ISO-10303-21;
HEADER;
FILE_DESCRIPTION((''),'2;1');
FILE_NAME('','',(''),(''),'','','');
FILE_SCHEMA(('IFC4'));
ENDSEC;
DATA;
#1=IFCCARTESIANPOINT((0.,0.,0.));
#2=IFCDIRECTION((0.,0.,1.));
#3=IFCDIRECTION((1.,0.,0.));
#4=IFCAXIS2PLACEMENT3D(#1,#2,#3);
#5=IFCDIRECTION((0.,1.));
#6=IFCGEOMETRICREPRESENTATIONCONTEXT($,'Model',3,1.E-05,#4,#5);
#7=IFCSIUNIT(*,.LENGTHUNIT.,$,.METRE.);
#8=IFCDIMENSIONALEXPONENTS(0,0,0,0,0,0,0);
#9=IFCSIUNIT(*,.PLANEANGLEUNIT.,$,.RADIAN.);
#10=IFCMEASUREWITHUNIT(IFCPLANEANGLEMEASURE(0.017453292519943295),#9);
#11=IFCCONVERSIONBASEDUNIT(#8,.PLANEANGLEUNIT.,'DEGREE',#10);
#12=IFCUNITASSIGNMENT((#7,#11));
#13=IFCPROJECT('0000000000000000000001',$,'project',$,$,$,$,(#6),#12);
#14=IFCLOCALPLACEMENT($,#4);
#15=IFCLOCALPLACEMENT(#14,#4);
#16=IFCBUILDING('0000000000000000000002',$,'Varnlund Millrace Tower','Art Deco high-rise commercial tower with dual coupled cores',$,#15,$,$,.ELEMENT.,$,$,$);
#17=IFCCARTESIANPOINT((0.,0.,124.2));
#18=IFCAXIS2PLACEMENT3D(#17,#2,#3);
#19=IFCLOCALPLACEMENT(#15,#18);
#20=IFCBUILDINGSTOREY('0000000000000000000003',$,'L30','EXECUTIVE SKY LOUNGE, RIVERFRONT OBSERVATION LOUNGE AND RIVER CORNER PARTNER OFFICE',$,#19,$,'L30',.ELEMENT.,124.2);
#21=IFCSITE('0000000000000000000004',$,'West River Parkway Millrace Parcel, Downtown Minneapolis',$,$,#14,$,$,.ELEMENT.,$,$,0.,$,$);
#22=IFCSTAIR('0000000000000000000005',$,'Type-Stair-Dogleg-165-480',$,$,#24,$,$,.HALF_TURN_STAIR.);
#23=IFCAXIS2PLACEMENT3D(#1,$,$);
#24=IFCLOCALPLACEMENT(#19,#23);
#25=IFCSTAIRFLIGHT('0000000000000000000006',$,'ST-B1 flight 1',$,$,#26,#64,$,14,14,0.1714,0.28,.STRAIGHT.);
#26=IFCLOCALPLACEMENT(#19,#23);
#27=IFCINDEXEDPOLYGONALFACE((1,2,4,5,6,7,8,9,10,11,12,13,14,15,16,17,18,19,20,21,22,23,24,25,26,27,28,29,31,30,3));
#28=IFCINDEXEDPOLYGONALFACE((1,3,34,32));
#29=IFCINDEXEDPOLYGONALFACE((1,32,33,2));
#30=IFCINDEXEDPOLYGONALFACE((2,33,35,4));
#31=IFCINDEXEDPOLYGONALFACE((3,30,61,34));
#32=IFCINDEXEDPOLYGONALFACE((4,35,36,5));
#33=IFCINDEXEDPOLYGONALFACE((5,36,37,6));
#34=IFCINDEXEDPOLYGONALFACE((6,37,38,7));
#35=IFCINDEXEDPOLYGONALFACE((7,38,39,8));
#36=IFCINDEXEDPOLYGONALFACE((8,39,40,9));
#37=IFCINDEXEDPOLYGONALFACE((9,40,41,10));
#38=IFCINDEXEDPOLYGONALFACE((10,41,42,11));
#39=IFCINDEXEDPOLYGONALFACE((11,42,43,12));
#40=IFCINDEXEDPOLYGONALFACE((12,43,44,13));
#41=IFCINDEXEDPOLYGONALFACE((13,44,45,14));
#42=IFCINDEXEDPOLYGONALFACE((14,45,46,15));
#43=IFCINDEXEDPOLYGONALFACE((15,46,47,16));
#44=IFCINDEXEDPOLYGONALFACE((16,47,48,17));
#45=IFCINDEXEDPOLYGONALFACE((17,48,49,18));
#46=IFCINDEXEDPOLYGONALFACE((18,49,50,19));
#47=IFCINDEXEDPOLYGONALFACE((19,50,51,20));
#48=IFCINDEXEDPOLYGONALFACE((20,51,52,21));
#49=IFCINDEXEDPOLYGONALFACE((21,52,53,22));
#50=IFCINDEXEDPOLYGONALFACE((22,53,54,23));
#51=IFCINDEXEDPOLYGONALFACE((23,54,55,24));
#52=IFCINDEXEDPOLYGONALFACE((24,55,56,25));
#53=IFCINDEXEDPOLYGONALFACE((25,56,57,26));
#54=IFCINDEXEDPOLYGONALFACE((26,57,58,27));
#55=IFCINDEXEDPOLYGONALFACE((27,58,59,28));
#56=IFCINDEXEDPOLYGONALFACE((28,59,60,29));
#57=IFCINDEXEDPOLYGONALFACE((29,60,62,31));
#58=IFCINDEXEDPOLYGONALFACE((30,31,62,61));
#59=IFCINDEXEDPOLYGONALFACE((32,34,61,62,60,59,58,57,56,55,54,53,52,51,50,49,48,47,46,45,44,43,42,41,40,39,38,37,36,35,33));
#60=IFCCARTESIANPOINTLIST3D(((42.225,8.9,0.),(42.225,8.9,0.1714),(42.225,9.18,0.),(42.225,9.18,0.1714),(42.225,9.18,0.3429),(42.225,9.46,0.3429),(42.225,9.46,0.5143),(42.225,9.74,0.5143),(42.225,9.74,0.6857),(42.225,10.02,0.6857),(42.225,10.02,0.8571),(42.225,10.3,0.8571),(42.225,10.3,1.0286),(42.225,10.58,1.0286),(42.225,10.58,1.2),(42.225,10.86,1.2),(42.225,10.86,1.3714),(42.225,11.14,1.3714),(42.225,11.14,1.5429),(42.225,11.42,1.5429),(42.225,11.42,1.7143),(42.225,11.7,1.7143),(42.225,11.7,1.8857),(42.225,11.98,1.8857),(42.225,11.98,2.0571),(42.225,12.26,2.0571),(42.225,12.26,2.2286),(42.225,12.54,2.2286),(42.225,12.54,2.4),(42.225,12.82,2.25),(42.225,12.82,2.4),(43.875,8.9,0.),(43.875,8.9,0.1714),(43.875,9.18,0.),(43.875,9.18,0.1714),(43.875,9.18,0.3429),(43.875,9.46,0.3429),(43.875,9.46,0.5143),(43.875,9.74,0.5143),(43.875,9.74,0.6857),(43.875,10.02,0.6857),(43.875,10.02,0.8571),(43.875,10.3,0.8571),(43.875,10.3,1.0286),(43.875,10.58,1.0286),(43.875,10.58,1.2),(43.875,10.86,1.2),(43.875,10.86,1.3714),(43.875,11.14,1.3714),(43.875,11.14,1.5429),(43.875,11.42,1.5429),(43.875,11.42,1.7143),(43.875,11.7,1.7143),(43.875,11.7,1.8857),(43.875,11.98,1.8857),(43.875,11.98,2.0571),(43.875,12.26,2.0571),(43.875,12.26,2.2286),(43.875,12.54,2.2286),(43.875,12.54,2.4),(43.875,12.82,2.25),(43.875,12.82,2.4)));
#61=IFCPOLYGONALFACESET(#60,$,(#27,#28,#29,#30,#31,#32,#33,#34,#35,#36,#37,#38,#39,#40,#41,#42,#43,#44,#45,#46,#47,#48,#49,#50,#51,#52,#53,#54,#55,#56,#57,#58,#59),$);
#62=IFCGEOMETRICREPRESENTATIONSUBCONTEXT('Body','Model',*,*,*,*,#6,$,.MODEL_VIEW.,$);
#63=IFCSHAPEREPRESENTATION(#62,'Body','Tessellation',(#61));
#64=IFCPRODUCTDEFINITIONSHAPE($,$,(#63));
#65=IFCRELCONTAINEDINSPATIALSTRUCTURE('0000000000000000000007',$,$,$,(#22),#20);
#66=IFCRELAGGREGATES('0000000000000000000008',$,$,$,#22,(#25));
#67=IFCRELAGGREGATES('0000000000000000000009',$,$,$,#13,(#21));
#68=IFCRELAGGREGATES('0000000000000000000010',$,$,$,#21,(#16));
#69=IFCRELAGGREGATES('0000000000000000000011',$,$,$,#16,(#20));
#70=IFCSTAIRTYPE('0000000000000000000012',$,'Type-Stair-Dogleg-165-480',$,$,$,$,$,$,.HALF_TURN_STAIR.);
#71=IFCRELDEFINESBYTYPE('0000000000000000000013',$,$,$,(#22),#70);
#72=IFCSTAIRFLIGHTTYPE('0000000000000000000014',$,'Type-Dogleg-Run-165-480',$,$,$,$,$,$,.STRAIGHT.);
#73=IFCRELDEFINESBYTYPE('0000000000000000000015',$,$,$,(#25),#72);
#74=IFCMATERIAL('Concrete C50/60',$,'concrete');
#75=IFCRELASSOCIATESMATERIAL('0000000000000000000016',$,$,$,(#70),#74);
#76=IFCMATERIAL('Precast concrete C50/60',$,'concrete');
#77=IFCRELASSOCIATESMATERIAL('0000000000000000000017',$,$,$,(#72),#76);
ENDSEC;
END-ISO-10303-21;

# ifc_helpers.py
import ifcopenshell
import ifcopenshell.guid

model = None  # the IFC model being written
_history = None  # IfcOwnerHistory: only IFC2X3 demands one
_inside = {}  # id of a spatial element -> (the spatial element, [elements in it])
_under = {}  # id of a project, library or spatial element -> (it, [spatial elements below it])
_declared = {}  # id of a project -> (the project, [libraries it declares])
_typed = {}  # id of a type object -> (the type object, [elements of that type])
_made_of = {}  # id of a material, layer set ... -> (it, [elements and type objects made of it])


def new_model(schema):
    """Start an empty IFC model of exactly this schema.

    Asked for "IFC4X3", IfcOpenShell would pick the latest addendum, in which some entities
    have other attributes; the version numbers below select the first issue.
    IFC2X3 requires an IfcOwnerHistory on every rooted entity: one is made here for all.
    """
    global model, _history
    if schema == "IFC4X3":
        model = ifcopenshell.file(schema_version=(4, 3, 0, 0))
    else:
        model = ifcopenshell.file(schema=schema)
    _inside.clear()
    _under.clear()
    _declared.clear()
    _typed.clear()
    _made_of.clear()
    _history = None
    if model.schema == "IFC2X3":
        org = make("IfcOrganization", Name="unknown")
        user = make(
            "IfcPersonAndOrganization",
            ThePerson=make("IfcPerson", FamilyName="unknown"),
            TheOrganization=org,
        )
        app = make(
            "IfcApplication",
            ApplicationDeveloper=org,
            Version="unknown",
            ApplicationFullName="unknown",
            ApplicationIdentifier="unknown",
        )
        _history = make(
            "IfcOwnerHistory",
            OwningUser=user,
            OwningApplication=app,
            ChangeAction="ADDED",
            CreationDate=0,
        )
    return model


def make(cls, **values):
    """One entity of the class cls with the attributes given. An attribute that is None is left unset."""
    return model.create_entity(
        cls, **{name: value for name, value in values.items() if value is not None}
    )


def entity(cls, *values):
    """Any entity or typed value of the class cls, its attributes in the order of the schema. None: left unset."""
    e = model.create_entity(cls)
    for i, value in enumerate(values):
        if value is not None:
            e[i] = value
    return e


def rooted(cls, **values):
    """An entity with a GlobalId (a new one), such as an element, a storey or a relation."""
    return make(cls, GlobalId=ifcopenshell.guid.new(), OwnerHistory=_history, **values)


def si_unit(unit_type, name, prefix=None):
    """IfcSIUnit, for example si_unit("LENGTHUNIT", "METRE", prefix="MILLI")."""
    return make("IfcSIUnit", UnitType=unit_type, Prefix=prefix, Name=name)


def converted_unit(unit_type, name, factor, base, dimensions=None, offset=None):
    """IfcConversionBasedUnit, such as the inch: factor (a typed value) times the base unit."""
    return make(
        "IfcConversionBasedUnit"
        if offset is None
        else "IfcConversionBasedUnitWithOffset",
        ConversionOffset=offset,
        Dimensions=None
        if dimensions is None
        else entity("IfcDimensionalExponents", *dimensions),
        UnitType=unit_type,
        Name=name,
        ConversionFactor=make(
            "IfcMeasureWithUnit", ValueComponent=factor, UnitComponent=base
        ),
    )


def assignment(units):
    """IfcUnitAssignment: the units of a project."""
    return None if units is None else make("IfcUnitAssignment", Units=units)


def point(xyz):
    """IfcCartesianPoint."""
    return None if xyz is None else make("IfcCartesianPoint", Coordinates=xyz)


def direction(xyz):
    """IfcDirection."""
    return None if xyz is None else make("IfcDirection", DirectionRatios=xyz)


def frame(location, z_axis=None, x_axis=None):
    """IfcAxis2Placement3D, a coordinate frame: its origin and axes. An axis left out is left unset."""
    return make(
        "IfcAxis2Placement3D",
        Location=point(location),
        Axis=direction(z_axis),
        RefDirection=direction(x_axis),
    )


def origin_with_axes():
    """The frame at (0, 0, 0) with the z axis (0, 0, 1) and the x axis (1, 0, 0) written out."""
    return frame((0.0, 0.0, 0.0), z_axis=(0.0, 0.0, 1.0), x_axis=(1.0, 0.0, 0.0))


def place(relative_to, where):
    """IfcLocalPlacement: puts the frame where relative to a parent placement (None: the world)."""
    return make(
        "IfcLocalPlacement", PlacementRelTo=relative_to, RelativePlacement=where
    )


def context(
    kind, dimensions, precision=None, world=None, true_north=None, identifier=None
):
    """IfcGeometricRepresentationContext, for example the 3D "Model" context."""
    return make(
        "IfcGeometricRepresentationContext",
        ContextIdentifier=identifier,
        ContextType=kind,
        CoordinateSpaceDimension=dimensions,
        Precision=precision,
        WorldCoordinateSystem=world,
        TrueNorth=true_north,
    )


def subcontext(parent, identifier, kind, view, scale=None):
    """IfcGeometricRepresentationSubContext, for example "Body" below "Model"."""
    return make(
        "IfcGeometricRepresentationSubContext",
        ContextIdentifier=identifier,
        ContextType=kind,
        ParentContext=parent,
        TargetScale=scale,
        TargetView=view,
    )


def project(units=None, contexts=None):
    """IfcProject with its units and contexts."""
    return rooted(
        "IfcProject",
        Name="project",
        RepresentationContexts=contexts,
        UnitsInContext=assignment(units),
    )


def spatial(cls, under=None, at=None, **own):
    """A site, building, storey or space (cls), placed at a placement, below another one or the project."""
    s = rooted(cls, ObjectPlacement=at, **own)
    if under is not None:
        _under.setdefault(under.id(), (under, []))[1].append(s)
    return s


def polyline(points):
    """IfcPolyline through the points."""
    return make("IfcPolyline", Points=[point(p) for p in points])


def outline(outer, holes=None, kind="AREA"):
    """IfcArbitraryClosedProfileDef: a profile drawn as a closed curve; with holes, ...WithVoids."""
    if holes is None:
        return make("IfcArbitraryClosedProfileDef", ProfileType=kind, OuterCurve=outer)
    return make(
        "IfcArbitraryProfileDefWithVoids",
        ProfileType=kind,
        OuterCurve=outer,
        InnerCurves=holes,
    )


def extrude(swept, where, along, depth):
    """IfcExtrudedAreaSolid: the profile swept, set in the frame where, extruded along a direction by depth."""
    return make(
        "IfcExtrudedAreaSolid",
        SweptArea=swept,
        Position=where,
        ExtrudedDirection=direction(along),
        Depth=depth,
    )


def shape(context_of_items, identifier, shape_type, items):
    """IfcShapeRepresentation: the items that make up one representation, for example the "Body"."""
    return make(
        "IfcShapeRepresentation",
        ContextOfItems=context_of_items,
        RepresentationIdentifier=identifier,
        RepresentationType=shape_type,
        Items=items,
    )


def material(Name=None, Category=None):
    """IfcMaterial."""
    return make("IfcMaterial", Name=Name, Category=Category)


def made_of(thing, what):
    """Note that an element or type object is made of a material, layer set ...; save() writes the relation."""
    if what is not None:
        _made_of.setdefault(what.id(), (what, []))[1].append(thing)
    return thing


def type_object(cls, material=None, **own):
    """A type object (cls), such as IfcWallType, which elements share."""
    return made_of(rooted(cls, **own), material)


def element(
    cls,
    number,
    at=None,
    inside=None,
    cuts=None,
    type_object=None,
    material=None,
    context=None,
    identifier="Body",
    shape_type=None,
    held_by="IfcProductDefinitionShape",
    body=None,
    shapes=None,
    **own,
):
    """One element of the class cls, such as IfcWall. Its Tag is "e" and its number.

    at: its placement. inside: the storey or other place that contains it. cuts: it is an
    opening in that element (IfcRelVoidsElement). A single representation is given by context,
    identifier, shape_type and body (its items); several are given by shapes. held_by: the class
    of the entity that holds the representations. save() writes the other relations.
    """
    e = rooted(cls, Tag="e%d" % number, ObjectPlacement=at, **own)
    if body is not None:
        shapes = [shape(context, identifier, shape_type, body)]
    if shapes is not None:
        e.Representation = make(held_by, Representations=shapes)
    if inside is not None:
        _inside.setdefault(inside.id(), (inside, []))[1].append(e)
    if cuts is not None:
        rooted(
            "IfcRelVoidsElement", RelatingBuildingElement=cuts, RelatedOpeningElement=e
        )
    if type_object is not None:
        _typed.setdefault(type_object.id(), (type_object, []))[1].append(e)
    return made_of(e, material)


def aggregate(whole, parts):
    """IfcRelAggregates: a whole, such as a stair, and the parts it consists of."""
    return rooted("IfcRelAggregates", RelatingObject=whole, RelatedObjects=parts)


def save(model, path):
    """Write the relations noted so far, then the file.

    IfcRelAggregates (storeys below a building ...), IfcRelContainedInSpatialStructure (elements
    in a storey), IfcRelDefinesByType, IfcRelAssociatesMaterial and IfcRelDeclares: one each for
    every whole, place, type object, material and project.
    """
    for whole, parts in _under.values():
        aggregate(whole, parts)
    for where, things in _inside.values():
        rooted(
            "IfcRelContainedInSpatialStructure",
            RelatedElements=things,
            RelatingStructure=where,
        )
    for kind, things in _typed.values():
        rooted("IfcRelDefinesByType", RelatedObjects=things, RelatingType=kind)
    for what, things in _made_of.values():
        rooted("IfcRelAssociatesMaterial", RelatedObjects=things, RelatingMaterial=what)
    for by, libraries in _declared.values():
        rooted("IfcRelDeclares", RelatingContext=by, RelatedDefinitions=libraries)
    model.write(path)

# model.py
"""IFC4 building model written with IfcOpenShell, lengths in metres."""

from ifc_helpers import new_model, entity, si_unit, converted_unit, direction, frame, origin_with_axes, place, context, subcontext, project, spatial, polyline, outline, extrude, material, type_object, element, aggregate, save


model = new_model("IFC4")

# Units and contexts
model_context = context("Model", 3, precision=1e-05, world=origin_with_axes(), true_north=direction((0.0, 1.0)))
body_context = subcontext(model_context, "Body", "Model", "MODEL_VIEW")
ifc_project = project(units=[si_unit("LENGTHUNIT", "METRE"), converted_unit("PLANEANGLEUNIT", "DEGREE", entity("IfcPlaneAngleMeasure", 0.017453292519943295), si_unit("PLANEANGLEUNIT", "RADIAN"), dimensions=[0, 0, 0, 0, 0, 0, 0])], contexts=[model_context])

# Site, building, storey
site_placement = place(None, origin_with_axes())
site = spatial("IfcSite", under=ifc_project, at=site_placement, Name="West River Parkway Millrace Parcel, Downtown Minneapolis", CompositionType="ELEMENT", RefElevation=0.0)
building_placement = place(site_placement, origin_with_axes())
building = spatial("IfcBuilding", under=site, at=building_placement, Name="Varnlund Millrace Tower", Description="Art Deco high-rise commercial tower with dual coupled cores", CompositionType="ELEMENT")
storey_placement = place(building_placement, frame((0.0, 0.0, 124.2), z_axis=(0.0, 0.0, 1.0), x_axis=(1.0, 0.0, 0.0)))
storey = spatial("IfcBuildingStorey", under=building, at=storey_placement, Name="L30", Description="EXECUTIVE SKY LOUNGE, RIVERFRONT OBSERVATION LOUNGE AND RIVER CORNER PARTNER OFFICE", LongName="L30", CompositionType="ELEMENT", Elevation=124.2)

# Stair, stair flight
ifc_material_1 = material(Name="Concrete C50/60", Category="concrete")
stair_type = type_object("IfcStairType", Name="Type-Stair-Dogleg-165-480", PredefinedType="HALF_TURN_STAIR", material=ifc_material_1)
stair_placement = place(storey_placement, origin_with_axes())
stair = element("IfcStair", 1, at=stair_placement, inside=storey, type_object=stair_type, Name="Type-Stair-Dogleg-165-480", PredefinedType="HALF_TURN_STAIR")
ifc_material_2 = material(Name="Precast concrete C50/60", Category="concrete")
stair_flight_type = type_object("IfcStairFlightType", Name="Type-Dogleg-Run-165-480", PredefinedType="STRAIGHT", material=ifc_material_2)
stair_flight_placement = place(storey_placement, frame((42.225, 8.9, 0.0), z_axis=(1.0, 0.0, 0.0), x_axis=(0.0, 1.0, 0.0)))
stair_flight = element("IfcStairFlight", 2, at=stair_flight_placement, type_object=stair_flight_type, Name="ST-B1 flight 1", NumberOfRisers=14, NumberOfTreads=14, PredefinedType="STRAIGHT", RiserHeight=0.1714, TreadLength=0.28, context=body_context, shape_type="SweptSolid", body=[
    extrude(outline(polyline([(0.0, 0.0), (0.0, 0.1714), (0.28, 0.1714), (0.28, 0.3429), (0.56, 0.3429), (0.56, 0.5143), (0.84, 0.5143), (0.84, 0.6857), (1.12, 0.6857), (1.12, 0.8571), (1.4, 0.8571), (1.4, 1.0286), (1.68, 1.0286), (1.68, 1.2), (1.96, 1.2), (1.96, 1.3714), (2.24, 1.3714), (2.24, 1.5429), (2.52, 1.5429), (2.52, 1.7143), (2.8, 1.7143), (2.8, 1.8857), (3.08, 1.8857), (3.08, 2.0571), (3.36, 2.0571), (3.36, 2.2286), (3.64, 2.2286), (3.64, 2.4), (3.92, 2.4), (3.92, 2.25), (0.28, 0.0), (0.0, 0.0)])), origin_with_axes(), (0.0, 0.0, 1.0), 1.65),
])
aggregate(stair, [stair_flight])

save(model, "model.ifc")
